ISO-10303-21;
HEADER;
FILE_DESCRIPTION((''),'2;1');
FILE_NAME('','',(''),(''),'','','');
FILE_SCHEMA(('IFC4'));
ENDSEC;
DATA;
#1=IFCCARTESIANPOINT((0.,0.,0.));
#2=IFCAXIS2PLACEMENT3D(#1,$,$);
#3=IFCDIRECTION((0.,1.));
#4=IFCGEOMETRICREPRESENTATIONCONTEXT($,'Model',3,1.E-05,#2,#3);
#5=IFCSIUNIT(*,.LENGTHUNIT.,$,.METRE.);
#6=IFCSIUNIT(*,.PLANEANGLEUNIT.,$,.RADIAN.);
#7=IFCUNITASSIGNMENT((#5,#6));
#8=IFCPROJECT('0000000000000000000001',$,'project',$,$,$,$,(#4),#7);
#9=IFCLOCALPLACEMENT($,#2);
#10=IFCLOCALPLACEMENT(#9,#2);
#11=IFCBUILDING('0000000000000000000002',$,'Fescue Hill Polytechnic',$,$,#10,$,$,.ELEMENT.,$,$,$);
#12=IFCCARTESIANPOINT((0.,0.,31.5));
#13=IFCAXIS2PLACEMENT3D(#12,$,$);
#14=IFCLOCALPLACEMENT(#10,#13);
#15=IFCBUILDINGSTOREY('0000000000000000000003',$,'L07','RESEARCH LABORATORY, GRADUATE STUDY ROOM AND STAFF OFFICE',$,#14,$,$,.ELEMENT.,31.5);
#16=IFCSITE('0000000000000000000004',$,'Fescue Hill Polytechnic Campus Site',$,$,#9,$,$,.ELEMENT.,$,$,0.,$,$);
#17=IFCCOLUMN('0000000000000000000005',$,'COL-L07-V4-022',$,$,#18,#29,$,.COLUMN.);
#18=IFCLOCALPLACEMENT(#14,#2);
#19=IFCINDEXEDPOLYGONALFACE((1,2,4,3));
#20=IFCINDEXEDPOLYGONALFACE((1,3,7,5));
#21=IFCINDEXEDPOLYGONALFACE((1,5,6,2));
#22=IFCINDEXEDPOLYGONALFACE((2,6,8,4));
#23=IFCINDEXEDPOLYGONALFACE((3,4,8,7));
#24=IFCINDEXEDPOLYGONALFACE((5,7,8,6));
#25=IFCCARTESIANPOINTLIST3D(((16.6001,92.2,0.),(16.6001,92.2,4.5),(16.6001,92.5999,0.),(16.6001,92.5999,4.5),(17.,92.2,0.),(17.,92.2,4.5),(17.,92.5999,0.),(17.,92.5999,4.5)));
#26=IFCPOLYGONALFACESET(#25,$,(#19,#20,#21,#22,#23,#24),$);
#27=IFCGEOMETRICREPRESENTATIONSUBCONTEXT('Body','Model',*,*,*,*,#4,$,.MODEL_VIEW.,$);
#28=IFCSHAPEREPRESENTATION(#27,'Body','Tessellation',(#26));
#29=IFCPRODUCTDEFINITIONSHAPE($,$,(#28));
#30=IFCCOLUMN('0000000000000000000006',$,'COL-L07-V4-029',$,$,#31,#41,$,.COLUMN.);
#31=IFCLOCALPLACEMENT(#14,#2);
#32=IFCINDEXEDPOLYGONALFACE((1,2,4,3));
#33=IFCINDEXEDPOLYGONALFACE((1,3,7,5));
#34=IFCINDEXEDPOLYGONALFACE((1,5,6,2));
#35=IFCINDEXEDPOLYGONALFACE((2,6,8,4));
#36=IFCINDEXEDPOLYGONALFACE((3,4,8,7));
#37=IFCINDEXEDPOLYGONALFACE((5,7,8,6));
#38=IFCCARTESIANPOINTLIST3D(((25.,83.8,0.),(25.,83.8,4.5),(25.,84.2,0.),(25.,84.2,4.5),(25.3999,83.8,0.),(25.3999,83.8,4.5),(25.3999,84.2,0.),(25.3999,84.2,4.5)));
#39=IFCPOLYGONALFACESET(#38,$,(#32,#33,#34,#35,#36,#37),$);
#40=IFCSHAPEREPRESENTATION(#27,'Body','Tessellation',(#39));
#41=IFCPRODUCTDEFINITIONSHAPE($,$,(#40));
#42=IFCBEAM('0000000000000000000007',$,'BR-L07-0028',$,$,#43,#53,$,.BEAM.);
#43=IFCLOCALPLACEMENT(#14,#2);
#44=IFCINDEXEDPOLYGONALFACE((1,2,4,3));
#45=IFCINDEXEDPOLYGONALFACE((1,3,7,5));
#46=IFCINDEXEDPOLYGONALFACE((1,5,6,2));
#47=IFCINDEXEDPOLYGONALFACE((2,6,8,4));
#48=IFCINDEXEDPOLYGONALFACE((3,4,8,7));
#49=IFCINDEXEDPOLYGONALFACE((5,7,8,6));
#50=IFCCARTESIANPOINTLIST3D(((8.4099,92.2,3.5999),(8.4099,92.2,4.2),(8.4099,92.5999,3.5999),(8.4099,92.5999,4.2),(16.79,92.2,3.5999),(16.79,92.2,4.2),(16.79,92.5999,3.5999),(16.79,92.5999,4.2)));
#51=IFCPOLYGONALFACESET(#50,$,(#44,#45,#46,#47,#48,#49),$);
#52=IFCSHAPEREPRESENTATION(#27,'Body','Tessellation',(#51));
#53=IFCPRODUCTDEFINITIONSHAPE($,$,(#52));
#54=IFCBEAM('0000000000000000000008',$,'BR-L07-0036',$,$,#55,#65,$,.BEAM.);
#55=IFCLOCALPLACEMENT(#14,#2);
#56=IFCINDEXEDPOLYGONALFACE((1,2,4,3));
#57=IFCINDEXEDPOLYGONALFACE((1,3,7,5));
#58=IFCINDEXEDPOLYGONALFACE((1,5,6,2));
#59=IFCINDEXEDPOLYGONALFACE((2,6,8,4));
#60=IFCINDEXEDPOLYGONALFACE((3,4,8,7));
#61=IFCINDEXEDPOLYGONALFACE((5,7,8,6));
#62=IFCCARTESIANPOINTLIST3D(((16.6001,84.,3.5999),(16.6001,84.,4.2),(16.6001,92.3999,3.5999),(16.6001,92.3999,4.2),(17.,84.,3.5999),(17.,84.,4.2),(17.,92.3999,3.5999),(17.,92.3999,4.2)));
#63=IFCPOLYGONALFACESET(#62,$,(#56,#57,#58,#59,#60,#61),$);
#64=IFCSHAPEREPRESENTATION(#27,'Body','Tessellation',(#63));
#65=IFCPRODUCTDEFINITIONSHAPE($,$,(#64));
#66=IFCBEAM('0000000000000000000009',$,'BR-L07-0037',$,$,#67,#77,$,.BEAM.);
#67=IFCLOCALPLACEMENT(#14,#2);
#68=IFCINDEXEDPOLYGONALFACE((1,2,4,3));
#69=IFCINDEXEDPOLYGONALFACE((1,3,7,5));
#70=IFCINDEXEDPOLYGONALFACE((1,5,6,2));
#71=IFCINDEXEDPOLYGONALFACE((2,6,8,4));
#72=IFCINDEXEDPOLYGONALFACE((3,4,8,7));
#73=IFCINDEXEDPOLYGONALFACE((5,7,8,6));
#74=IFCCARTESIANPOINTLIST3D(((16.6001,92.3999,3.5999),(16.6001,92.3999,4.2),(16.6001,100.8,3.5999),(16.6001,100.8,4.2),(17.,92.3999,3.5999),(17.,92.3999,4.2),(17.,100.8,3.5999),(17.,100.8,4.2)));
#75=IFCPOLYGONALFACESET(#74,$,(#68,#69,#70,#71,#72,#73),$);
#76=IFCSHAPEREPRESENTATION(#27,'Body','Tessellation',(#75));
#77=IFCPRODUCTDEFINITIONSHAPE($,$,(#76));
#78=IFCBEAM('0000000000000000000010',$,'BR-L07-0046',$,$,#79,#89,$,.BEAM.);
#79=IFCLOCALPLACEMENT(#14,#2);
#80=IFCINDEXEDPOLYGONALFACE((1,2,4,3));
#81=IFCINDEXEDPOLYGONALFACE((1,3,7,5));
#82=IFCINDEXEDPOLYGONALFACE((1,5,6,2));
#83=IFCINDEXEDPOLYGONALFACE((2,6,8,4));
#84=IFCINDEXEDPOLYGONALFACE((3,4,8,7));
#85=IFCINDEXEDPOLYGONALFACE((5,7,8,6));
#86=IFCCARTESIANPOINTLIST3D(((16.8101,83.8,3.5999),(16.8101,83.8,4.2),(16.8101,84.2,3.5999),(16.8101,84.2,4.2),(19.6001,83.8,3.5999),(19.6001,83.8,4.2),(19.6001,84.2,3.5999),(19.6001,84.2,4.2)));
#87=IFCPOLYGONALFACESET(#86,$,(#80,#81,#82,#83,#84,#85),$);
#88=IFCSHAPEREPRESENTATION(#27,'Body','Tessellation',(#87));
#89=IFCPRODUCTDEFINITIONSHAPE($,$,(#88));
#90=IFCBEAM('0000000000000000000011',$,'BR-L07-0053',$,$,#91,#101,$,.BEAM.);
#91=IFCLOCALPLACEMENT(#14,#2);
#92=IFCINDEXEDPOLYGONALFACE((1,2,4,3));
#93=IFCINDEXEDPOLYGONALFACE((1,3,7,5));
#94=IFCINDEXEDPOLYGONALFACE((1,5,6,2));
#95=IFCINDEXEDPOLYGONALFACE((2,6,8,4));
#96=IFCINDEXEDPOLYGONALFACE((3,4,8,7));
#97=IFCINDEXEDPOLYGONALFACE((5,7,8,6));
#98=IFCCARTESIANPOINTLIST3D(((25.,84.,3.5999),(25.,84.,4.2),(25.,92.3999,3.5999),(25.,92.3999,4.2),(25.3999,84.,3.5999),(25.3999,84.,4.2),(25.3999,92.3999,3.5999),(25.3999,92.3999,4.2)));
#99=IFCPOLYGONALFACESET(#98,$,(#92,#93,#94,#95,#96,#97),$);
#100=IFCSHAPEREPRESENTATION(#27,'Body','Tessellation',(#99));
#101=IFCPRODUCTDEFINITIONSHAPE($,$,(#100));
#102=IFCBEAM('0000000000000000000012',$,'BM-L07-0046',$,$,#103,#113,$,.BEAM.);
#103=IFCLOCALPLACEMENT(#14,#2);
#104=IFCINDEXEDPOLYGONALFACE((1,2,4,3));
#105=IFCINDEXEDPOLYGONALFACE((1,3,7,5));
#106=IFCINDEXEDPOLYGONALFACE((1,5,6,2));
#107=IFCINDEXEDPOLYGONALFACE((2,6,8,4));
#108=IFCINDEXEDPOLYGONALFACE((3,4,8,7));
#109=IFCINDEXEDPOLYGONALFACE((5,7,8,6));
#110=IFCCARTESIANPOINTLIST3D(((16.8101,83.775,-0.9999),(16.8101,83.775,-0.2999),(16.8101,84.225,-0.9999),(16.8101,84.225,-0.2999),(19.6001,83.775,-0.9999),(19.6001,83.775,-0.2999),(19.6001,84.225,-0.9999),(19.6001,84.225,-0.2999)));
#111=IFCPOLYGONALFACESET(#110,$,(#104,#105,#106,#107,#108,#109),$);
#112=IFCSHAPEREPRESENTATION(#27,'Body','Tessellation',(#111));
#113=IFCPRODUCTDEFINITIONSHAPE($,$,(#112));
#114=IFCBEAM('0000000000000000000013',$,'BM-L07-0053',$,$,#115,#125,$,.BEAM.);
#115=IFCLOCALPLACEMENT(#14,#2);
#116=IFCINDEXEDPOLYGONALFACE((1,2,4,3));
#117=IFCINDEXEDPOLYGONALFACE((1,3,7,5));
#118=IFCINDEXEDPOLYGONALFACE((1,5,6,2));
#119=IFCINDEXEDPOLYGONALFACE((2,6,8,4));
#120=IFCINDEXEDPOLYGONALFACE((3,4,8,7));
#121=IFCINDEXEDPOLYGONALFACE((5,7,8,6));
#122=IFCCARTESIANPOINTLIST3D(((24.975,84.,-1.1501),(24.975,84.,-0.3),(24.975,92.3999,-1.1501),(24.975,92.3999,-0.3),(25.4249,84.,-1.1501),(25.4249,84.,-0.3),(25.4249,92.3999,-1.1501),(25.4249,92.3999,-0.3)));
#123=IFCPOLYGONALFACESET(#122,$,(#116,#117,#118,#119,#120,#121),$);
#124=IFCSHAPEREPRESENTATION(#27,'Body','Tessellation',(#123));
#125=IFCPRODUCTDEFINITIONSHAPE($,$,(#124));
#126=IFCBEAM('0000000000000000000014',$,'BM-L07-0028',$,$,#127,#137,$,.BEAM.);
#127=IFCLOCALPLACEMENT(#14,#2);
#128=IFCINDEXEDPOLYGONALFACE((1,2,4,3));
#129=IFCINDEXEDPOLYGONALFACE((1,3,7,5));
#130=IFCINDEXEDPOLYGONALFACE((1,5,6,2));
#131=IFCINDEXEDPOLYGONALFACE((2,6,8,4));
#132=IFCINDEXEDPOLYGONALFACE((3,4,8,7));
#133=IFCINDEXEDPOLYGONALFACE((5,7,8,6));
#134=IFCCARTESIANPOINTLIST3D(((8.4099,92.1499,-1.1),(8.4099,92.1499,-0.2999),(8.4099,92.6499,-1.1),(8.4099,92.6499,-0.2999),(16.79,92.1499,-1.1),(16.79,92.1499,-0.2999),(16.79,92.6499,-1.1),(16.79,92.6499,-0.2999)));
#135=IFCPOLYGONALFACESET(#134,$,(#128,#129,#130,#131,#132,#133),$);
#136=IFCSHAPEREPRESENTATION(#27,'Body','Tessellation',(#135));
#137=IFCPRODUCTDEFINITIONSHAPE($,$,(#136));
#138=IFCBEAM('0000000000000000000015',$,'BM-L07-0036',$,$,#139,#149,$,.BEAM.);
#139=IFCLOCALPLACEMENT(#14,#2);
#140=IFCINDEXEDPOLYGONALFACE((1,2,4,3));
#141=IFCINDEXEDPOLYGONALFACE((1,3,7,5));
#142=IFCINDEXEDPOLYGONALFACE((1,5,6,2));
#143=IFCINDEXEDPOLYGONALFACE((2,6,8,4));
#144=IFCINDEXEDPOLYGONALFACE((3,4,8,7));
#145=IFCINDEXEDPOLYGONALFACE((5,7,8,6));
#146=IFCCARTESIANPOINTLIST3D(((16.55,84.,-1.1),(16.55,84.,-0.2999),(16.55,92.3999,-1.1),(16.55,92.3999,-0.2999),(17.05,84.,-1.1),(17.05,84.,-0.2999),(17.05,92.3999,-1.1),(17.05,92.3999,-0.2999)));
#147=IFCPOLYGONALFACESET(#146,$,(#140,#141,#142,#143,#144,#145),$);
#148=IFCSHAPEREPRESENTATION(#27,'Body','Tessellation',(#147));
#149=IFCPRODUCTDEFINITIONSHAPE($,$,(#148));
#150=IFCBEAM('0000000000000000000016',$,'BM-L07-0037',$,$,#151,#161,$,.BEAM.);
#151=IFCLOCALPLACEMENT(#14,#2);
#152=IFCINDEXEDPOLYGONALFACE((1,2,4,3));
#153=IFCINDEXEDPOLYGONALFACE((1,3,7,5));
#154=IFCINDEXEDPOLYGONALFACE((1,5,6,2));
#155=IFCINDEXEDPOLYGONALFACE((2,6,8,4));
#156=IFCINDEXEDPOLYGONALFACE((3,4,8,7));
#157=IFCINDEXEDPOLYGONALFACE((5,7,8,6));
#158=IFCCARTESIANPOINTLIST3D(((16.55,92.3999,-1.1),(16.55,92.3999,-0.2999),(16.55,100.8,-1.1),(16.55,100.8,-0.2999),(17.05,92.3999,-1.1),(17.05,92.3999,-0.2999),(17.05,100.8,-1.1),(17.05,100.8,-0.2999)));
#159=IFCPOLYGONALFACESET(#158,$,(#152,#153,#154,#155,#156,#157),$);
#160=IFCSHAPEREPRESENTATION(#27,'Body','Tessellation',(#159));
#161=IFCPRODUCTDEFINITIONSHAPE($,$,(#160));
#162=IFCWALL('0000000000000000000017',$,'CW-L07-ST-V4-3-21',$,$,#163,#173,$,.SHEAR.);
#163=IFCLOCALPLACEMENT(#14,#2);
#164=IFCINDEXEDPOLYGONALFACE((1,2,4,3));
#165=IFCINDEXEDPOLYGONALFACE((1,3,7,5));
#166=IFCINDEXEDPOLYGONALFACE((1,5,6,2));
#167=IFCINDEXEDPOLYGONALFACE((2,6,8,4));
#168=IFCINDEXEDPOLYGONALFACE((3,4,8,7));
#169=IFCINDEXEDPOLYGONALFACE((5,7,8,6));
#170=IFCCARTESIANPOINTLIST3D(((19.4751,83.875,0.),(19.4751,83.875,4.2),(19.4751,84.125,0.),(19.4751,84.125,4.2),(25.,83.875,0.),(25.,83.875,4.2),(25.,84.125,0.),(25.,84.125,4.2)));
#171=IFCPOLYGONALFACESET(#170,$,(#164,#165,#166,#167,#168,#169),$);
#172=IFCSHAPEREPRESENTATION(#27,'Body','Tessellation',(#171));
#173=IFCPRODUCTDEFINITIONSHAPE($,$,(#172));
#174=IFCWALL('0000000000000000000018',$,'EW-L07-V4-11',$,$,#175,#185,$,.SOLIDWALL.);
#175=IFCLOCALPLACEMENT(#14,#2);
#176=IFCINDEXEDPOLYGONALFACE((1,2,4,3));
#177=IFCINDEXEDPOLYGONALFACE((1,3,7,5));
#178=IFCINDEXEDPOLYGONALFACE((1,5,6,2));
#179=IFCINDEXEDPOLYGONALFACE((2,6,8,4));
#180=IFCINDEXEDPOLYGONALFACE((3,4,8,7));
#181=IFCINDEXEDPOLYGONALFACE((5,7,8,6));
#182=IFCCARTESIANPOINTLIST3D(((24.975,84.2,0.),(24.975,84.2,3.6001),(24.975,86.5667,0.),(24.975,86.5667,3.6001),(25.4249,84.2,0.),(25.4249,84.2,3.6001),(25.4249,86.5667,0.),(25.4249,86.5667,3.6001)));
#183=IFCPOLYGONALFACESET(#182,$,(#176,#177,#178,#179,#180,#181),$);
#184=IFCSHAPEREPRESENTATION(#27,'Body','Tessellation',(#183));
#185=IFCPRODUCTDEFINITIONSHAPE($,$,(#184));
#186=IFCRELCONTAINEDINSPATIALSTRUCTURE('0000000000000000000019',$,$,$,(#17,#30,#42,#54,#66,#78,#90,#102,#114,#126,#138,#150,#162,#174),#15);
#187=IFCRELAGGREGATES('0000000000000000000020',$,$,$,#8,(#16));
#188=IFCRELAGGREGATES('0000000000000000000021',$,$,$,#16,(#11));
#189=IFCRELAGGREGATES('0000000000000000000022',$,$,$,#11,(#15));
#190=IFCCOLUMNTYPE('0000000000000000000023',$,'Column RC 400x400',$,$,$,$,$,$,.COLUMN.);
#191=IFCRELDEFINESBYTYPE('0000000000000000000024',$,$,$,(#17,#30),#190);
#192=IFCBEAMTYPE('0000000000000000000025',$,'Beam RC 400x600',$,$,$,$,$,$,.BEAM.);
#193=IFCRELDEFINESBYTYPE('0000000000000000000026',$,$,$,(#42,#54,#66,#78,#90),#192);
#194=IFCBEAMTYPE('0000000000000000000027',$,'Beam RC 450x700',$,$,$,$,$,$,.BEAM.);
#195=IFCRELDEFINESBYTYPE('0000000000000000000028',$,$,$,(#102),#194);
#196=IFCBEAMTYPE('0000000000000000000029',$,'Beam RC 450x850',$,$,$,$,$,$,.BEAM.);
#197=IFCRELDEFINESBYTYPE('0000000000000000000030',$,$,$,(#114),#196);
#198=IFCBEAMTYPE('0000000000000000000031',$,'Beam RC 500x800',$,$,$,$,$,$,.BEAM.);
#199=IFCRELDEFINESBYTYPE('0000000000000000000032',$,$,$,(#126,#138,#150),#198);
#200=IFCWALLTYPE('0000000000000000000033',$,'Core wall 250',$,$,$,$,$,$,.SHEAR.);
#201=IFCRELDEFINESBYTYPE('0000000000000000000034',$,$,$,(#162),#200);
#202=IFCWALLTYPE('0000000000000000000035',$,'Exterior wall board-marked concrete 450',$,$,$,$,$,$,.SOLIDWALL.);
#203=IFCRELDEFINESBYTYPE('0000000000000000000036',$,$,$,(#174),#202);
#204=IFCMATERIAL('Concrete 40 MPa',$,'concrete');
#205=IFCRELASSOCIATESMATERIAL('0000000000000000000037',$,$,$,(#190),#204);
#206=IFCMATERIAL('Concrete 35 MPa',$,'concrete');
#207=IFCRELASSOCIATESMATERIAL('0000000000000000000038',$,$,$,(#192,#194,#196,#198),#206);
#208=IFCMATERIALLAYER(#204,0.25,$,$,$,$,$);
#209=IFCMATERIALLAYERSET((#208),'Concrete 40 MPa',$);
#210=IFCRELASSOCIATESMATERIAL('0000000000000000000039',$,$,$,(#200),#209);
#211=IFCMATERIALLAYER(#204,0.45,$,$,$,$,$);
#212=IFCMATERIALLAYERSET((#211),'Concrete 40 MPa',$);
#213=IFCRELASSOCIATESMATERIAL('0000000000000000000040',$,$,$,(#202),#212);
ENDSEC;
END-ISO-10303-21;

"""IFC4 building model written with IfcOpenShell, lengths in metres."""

from ifc_helpers import new_model, si_unit, direction, frame, frame_2d, origin, origin_2d, place, context, subcontext, project, spatial, rectangle, extrude, material, layer, layer_set, material_profile, profile_set, type_object, element, save


model = new_model("IFC4")

# Units and contexts
model_context = context("Model", 3, precision=1e-05, world=origin(), true_north=direction((0.0, 1.0)))
body_context = subcontext(model_context, "Body", "Model", "MODEL_VIEW")
ifc_project = project(units=[si_unit("LENGTHUNIT", "METRE"), si_unit("PLANEANGLEUNIT", "RADIAN")], contexts=[model_context])

# Site, building, storey
site_placement = place(None, origin())
site = spatial("IfcSite", under=ifc_project, at=site_placement, Name="Fescue Hill Polytechnic Campus Site", CompositionType="ELEMENT", RefElevation=0.0)
building_placement = place(site_placement, origin())
building = spatial("IfcBuilding", under=site, at=building_placement, Name="Fescue Hill Polytechnic", CompositionType="ELEMENT")
storey_placement = place(building_placement, frame((0.0, 0.0, 31.5)))
storey = spatial("IfcBuildingStorey", under=building, at=storey_placement, Name="L07", Description="RESEARCH LABORATORY, GRADUATE STUDY ROOM AND STAFF OFFICE", CompositionType="ELEMENT", Elevation=31.5)

# Columns
ifc_material_1 = material(Name="Concrete 40 MPa", Category="concrete")
ifc_material_profile_1 = material_profile(ifc_material_1, rectangle(XDim=0.3999, YDim=0.3999, at=origin_2d()), Name="RC 400x400")
ifc_profile_set_1 = profile_set([ifc_material_profile_1], Name="Concrete 40 MPa")
column_type = type_object("IfcColumnType", Name="Column RC 400x400", PredefinedType="COLUMN", material=ifc_profile_set_1)
for number, where, z_axis, x_axis, name in (
    (1, (16.8, 92.3999, 0.0), (0.0, 0.0, 1.0), (1.0, 0.0, 0.0), "COL-L07-V4-022"),
    (2, (25.2, 84.0, 0.0), (0.0, 0.0, 1.0), (1.0, 0.0, 0.0), "COL-L07-V4-029"),
):
    element("IfcColumn", number, at=place(storey_placement, frame(where, z_axis=z_axis, x_axis=x_axis)), inside=storey, type_object=column_type, Name=name, PredefinedType="COLUMN", context=body_context, shape_type="SweptSolid", body=[
        extrude(rectangle(XDim=0.3999, YDim=0.3999, at=origin_2d()), origin(), (0.0, 0.0, 1.0), 4.5),
    ])

# Beams
ifc_material_2 = material(Name="Concrete 35 MPa", Category="concrete")
ifc_material_profile_2 = material_profile(ifc_material_2, rectangle(XDim=0.3999, YDim=0.6001, at=origin_2d()), Name="RC 400x600")
ifc_profile_set_2 = profile_set([ifc_material_profile_2], Name="Concrete 35 MPa")
beam_type_1 = type_object("IfcBeamType", Name="Beam RC 400x600", PredefinedType="BEAM", material=ifc_profile_set_2)
beam_1_placement = place(storey_placement, frame((8.4099, 92.3999, 3.8999), z_axis=(1.0, 0.0, 0.0), x_axis=(0.0, 1.0, 0.0)))
element("IfcBeam", 3, at=beam_1_placement, inside=storey, type_object=beam_type_1, Name="BR-L07-0028", PredefinedType="BEAM", context=body_context, shape_type="SweptSolid", body=[
    extrude(rectangle(XDim=0.3999, YDim=0.6001, at=origin_2d()), origin(), (0.0, 0.0, 1.0), 8.3801),
])
beam_2_placement = place(storey_placement, frame((16.8, 84.0, 3.8999), z_axis=(0.0, 1.0, 0.0), x_axis=(-1.0, 0.0, 0.0)))
element("IfcBeam", 4, at=beam_2_placement, inside=storey, type_object=beam_type_1, Name="BR-L07-0036", PredefinedType="BEAM", context=body_context, shape_type="SweptSolid", body=[
    extrude(rectangle(XDim=0.3999, YDim=0.6001, at=origin_2d()), origin(), (0.0, 0.0, 1.0), 8.3999),
])
beam_3_placement = place(storey_placement, frame((16.8, 92.3999, 3.8999), z_axis=(0.0, 1.0, 0.0), x_axis=(-1.0, 0.0, 0.0)))
element("IfcBeam", 5, at=beam_3_placement, inside=storey, type_object=beam_type_1, Name="BR-L07-0037", PredefinedType="BEAM", context=body_context, shape_type="SweptSolid", body=[
    extrude(rectangle(XDim=0.3999, YDim=0.6001, at=origin_2d()), origin(), (0.0, 0.0, 1.0), 8.4001),
])
beam_4_placement = place(storey_placement, frame((16.8101, 84.0, 3.8999), z_axis=(1.0, 0.0, 0.0), x_axis=(0.0, 1.0, 0.0)))
element("IfcBeam", 6, at=beam_4_placement, inside=storey, type_object=beam_type_1, Name="BR-L07-0046", PredefinedType="BEAM", context=body_context, shape_type="SweptSolid", body=[
    extrude(rectangle(XDim=0.3999, YDim=0.6001, at=origin_2d()), origin(), (0.0, 0.0, 1.0), 2.79),
])
beam_5_placement = place(storey_placement, frame((25.2, 84.0, 3.8999), z_axis=(0.0, 1.0, 0.0), x_axis=(-1.0, 0.0, 0.0)))
element("IfcBeam", 7, at=beam_5_placement, inside=storey, type_object=beam_type_1, Name="BR-L07-0053", PredefinedType="BEAM", context=body_context, shape_type="SweptSolid", body=[
    extrude(rectangle(XDim=0.3999, YDim=0.6001, at=origin_2d()), origin(), (0.0, 0.0, 1.0), 8.3999),
])
ifc_material_profile_3 = material_profile(ifc_material_2, rectangle(XDim=0.45, YDim=0.7, at=origin_2d()), Name="RC 450x700")
ifc_profile_set_3 = profile_set([ifc_material_profile_3], Name="Concrete 35 MPa")
beam_type_2 = type_object("IfcBeamType", Name="Beam RC 450x700", PredefinedType="BEAM", material=ifc_profile_set_3)
beam_6_placement = place(storey_placement, frame((16.8101, 84.0, -0.6499), z_axis=(1.0, 0.0, 0.0), x_axis=(0.0, 1.0, 0.0)))
element("IfcBeam", 8, at=beam_6_placement, inside=storey, type_object=beam_type_2, Name="BM-L07-0046", PredefinedType="BEAM", context=body_context, shape_type="SweptSolid", body=[
    extrude(rectangle(XDim=0.45, YDim=0.7, at=origin_2d()), origin(), (0.0, 0.0, 1.0), 2.79),
])
ifc_material_profile_4 = material_profile(ifc_material_2, rectangle(XDim=0.45, YDim=0.8501, at=origin_2d()), Name="RC 450x850")
ifc_profile_set_4 = profile_set([ifc_material_profile_4], Name="Concrete 35 MPa")
beam_type_3 = type_object("IfcBeamType", Name="Beam RC 450x850", PredefinedType="BEAM", material=ifc_profile_set_4)
beam_7_placement = place(storey_placement, frame((25.2, 84.0, -0.7251), z_axis=(0.0, 1.0, 0.0), x_axis=(-1.0, 0.0, 0.0)))
element("IfcBeam", 9, at=beam_7_placement, inside=storey, type_object=beam_type_3, Name="BM-L07-0053", PredefinedType="BEAM", context=body_context, shape_type="SweptSolid", body=[
    extrude(rectangle(XDim=0.45, YDim=0.8501, at=origin_2d()), origin(), (0.0, 0.0, 1.0), 8.3999),
])
ifc_material_profile_5 = material_profile(ifc_material_2, rectangle(XDim=0.5, YDim=0.8, at=origin_2d()), Name="RC 500x800")
ifc_profile_set_5 = profile_set([ifc_material_profile_5], Name="Concrete 35 MPa")
beam_type_4 = type_object("IfcBeamType", Name="Beam RC 500x800", PredefinedType="BEAM", material=ifc_profile_set_5)
beam_8_placement = place(storey_placement, frame((8.4099, 92.3999, -0.7), z_axis=(1.0, 0.0, 0.0), x_axis=(0.0, 1.0, 0.0)))
element("IfcBeam", 10, at=beam_8_placement, inside=storey, type_object=beam_type_4, Name="BM-L07-0028", PredefinedType="BEAM", context=body_context, shape_type="SweptSolid", body=[
    extrude(rectangle(XDim=0.5, YDim=0.8, at=origin_2d()), origin(), (0.0, 0.0, 1.0), 8.3801),
])
beam_9_placement = place(storey_placement, frame((16.8, 84.0, -0.7), z_axis=(0.0, 1.0, 0.0), x_axis=(-1.0, 0.0, 0.0)))
element("IfcBeam", 11, at=beam_9_placement, inside=storey, type_object=beam_type_4, Name="BM-L07-0036", PredefinedType="BEAM", context=body_context, shape_type="SweptSolid", body=[
    extrude(rectangle(XDim=0.5, YDim=0.8, at=origin_2d()), origin(), (0.0, 0.0, 1.0), 8.3999),
])
beam_10_placement = place(storey_placement, frame((16.8, 92.3999, -0.7), z_axis=(0.0, 1.0, 0.0), x_axis=(-1.0, 0.0, 0.0)))
element("IfcBeam", 12, at=beam_10_placement, inside=storey, type_object=beam_type_4, Name="BM-L07-0037", PredefinedType="BEAM", context=body_context, shape_type="SweptSolid", body=[
    extrude(rectangle(XDim=0.5, YDim=0.8, at=origin_2d()), origin(), (0.0, 0.0, 1.0), 8.4001),
])

# Walls
ifc_layer_1 = layer(ifc_material_1, 0.25)
ifc_layer_set_1 = layer_set([ifc_layer_1], Name="Concrete 40 MPa")
wall_type_1 = type_object("IfcWallType", Name="Core wall 250", PredefinedType="SHEAR", material=ifc_layer_set_1)
wall_1_placement = place(storey_placement, frame((19.4751, 84.0, 0.0), z_axis=(0.0, 0.0, 1.0), x_axis=(1.0, 0.0, 0.0)))
element("IfcWall", 13, at=wall_1_placement, inside=storey, type_object=wall_type_1, Name="CW-L07-ST-V4-3-21", PredefinedType="SHEAR", context=body_context, shape_type="SweptSolid", body=[
    extrude(rectangle(XDim=5.5249, YDim=0.25, at=frame_2d((2.7625, 0.0))), origin(), (0.0, 0.0, 1.0), 4.2),
])
ifc_layer_2 = layer(ifc_material_1, 0.45)
ifc_layer_set_2 = layer_set([ifc_layer_2], Name="Concrete 40 MPa")
wall_type_2 = type_object("IfcWallType", Name="Exterior wall board-marked concrete 450", PredefinedType="SOLIDWALL", material=ifc_layer_set_2)
wall_2_placement = place(storey_placement, frame((25.2, 84.2, 0.0), z_axis=(0.0, 0.0, 1.0), x_axis=(0.0, 1.0, 0.0)))
element("IfcWall", 14, at=wall_2_placement, inside=storey, type_object=wall_type_2, Name="EW-L07-V4-11", PredefinedType="SOLIDWALL", context=body_context, shape_type="SweptSolid", body=[
    extrude(rectangle(XDim=2.3667, YDim=0.45, at=frame_2d((1.1833, 0.0))), origin(), (0.0, 0.0, 1.0), 3.6001),
])

save(model, "model.ifc")
